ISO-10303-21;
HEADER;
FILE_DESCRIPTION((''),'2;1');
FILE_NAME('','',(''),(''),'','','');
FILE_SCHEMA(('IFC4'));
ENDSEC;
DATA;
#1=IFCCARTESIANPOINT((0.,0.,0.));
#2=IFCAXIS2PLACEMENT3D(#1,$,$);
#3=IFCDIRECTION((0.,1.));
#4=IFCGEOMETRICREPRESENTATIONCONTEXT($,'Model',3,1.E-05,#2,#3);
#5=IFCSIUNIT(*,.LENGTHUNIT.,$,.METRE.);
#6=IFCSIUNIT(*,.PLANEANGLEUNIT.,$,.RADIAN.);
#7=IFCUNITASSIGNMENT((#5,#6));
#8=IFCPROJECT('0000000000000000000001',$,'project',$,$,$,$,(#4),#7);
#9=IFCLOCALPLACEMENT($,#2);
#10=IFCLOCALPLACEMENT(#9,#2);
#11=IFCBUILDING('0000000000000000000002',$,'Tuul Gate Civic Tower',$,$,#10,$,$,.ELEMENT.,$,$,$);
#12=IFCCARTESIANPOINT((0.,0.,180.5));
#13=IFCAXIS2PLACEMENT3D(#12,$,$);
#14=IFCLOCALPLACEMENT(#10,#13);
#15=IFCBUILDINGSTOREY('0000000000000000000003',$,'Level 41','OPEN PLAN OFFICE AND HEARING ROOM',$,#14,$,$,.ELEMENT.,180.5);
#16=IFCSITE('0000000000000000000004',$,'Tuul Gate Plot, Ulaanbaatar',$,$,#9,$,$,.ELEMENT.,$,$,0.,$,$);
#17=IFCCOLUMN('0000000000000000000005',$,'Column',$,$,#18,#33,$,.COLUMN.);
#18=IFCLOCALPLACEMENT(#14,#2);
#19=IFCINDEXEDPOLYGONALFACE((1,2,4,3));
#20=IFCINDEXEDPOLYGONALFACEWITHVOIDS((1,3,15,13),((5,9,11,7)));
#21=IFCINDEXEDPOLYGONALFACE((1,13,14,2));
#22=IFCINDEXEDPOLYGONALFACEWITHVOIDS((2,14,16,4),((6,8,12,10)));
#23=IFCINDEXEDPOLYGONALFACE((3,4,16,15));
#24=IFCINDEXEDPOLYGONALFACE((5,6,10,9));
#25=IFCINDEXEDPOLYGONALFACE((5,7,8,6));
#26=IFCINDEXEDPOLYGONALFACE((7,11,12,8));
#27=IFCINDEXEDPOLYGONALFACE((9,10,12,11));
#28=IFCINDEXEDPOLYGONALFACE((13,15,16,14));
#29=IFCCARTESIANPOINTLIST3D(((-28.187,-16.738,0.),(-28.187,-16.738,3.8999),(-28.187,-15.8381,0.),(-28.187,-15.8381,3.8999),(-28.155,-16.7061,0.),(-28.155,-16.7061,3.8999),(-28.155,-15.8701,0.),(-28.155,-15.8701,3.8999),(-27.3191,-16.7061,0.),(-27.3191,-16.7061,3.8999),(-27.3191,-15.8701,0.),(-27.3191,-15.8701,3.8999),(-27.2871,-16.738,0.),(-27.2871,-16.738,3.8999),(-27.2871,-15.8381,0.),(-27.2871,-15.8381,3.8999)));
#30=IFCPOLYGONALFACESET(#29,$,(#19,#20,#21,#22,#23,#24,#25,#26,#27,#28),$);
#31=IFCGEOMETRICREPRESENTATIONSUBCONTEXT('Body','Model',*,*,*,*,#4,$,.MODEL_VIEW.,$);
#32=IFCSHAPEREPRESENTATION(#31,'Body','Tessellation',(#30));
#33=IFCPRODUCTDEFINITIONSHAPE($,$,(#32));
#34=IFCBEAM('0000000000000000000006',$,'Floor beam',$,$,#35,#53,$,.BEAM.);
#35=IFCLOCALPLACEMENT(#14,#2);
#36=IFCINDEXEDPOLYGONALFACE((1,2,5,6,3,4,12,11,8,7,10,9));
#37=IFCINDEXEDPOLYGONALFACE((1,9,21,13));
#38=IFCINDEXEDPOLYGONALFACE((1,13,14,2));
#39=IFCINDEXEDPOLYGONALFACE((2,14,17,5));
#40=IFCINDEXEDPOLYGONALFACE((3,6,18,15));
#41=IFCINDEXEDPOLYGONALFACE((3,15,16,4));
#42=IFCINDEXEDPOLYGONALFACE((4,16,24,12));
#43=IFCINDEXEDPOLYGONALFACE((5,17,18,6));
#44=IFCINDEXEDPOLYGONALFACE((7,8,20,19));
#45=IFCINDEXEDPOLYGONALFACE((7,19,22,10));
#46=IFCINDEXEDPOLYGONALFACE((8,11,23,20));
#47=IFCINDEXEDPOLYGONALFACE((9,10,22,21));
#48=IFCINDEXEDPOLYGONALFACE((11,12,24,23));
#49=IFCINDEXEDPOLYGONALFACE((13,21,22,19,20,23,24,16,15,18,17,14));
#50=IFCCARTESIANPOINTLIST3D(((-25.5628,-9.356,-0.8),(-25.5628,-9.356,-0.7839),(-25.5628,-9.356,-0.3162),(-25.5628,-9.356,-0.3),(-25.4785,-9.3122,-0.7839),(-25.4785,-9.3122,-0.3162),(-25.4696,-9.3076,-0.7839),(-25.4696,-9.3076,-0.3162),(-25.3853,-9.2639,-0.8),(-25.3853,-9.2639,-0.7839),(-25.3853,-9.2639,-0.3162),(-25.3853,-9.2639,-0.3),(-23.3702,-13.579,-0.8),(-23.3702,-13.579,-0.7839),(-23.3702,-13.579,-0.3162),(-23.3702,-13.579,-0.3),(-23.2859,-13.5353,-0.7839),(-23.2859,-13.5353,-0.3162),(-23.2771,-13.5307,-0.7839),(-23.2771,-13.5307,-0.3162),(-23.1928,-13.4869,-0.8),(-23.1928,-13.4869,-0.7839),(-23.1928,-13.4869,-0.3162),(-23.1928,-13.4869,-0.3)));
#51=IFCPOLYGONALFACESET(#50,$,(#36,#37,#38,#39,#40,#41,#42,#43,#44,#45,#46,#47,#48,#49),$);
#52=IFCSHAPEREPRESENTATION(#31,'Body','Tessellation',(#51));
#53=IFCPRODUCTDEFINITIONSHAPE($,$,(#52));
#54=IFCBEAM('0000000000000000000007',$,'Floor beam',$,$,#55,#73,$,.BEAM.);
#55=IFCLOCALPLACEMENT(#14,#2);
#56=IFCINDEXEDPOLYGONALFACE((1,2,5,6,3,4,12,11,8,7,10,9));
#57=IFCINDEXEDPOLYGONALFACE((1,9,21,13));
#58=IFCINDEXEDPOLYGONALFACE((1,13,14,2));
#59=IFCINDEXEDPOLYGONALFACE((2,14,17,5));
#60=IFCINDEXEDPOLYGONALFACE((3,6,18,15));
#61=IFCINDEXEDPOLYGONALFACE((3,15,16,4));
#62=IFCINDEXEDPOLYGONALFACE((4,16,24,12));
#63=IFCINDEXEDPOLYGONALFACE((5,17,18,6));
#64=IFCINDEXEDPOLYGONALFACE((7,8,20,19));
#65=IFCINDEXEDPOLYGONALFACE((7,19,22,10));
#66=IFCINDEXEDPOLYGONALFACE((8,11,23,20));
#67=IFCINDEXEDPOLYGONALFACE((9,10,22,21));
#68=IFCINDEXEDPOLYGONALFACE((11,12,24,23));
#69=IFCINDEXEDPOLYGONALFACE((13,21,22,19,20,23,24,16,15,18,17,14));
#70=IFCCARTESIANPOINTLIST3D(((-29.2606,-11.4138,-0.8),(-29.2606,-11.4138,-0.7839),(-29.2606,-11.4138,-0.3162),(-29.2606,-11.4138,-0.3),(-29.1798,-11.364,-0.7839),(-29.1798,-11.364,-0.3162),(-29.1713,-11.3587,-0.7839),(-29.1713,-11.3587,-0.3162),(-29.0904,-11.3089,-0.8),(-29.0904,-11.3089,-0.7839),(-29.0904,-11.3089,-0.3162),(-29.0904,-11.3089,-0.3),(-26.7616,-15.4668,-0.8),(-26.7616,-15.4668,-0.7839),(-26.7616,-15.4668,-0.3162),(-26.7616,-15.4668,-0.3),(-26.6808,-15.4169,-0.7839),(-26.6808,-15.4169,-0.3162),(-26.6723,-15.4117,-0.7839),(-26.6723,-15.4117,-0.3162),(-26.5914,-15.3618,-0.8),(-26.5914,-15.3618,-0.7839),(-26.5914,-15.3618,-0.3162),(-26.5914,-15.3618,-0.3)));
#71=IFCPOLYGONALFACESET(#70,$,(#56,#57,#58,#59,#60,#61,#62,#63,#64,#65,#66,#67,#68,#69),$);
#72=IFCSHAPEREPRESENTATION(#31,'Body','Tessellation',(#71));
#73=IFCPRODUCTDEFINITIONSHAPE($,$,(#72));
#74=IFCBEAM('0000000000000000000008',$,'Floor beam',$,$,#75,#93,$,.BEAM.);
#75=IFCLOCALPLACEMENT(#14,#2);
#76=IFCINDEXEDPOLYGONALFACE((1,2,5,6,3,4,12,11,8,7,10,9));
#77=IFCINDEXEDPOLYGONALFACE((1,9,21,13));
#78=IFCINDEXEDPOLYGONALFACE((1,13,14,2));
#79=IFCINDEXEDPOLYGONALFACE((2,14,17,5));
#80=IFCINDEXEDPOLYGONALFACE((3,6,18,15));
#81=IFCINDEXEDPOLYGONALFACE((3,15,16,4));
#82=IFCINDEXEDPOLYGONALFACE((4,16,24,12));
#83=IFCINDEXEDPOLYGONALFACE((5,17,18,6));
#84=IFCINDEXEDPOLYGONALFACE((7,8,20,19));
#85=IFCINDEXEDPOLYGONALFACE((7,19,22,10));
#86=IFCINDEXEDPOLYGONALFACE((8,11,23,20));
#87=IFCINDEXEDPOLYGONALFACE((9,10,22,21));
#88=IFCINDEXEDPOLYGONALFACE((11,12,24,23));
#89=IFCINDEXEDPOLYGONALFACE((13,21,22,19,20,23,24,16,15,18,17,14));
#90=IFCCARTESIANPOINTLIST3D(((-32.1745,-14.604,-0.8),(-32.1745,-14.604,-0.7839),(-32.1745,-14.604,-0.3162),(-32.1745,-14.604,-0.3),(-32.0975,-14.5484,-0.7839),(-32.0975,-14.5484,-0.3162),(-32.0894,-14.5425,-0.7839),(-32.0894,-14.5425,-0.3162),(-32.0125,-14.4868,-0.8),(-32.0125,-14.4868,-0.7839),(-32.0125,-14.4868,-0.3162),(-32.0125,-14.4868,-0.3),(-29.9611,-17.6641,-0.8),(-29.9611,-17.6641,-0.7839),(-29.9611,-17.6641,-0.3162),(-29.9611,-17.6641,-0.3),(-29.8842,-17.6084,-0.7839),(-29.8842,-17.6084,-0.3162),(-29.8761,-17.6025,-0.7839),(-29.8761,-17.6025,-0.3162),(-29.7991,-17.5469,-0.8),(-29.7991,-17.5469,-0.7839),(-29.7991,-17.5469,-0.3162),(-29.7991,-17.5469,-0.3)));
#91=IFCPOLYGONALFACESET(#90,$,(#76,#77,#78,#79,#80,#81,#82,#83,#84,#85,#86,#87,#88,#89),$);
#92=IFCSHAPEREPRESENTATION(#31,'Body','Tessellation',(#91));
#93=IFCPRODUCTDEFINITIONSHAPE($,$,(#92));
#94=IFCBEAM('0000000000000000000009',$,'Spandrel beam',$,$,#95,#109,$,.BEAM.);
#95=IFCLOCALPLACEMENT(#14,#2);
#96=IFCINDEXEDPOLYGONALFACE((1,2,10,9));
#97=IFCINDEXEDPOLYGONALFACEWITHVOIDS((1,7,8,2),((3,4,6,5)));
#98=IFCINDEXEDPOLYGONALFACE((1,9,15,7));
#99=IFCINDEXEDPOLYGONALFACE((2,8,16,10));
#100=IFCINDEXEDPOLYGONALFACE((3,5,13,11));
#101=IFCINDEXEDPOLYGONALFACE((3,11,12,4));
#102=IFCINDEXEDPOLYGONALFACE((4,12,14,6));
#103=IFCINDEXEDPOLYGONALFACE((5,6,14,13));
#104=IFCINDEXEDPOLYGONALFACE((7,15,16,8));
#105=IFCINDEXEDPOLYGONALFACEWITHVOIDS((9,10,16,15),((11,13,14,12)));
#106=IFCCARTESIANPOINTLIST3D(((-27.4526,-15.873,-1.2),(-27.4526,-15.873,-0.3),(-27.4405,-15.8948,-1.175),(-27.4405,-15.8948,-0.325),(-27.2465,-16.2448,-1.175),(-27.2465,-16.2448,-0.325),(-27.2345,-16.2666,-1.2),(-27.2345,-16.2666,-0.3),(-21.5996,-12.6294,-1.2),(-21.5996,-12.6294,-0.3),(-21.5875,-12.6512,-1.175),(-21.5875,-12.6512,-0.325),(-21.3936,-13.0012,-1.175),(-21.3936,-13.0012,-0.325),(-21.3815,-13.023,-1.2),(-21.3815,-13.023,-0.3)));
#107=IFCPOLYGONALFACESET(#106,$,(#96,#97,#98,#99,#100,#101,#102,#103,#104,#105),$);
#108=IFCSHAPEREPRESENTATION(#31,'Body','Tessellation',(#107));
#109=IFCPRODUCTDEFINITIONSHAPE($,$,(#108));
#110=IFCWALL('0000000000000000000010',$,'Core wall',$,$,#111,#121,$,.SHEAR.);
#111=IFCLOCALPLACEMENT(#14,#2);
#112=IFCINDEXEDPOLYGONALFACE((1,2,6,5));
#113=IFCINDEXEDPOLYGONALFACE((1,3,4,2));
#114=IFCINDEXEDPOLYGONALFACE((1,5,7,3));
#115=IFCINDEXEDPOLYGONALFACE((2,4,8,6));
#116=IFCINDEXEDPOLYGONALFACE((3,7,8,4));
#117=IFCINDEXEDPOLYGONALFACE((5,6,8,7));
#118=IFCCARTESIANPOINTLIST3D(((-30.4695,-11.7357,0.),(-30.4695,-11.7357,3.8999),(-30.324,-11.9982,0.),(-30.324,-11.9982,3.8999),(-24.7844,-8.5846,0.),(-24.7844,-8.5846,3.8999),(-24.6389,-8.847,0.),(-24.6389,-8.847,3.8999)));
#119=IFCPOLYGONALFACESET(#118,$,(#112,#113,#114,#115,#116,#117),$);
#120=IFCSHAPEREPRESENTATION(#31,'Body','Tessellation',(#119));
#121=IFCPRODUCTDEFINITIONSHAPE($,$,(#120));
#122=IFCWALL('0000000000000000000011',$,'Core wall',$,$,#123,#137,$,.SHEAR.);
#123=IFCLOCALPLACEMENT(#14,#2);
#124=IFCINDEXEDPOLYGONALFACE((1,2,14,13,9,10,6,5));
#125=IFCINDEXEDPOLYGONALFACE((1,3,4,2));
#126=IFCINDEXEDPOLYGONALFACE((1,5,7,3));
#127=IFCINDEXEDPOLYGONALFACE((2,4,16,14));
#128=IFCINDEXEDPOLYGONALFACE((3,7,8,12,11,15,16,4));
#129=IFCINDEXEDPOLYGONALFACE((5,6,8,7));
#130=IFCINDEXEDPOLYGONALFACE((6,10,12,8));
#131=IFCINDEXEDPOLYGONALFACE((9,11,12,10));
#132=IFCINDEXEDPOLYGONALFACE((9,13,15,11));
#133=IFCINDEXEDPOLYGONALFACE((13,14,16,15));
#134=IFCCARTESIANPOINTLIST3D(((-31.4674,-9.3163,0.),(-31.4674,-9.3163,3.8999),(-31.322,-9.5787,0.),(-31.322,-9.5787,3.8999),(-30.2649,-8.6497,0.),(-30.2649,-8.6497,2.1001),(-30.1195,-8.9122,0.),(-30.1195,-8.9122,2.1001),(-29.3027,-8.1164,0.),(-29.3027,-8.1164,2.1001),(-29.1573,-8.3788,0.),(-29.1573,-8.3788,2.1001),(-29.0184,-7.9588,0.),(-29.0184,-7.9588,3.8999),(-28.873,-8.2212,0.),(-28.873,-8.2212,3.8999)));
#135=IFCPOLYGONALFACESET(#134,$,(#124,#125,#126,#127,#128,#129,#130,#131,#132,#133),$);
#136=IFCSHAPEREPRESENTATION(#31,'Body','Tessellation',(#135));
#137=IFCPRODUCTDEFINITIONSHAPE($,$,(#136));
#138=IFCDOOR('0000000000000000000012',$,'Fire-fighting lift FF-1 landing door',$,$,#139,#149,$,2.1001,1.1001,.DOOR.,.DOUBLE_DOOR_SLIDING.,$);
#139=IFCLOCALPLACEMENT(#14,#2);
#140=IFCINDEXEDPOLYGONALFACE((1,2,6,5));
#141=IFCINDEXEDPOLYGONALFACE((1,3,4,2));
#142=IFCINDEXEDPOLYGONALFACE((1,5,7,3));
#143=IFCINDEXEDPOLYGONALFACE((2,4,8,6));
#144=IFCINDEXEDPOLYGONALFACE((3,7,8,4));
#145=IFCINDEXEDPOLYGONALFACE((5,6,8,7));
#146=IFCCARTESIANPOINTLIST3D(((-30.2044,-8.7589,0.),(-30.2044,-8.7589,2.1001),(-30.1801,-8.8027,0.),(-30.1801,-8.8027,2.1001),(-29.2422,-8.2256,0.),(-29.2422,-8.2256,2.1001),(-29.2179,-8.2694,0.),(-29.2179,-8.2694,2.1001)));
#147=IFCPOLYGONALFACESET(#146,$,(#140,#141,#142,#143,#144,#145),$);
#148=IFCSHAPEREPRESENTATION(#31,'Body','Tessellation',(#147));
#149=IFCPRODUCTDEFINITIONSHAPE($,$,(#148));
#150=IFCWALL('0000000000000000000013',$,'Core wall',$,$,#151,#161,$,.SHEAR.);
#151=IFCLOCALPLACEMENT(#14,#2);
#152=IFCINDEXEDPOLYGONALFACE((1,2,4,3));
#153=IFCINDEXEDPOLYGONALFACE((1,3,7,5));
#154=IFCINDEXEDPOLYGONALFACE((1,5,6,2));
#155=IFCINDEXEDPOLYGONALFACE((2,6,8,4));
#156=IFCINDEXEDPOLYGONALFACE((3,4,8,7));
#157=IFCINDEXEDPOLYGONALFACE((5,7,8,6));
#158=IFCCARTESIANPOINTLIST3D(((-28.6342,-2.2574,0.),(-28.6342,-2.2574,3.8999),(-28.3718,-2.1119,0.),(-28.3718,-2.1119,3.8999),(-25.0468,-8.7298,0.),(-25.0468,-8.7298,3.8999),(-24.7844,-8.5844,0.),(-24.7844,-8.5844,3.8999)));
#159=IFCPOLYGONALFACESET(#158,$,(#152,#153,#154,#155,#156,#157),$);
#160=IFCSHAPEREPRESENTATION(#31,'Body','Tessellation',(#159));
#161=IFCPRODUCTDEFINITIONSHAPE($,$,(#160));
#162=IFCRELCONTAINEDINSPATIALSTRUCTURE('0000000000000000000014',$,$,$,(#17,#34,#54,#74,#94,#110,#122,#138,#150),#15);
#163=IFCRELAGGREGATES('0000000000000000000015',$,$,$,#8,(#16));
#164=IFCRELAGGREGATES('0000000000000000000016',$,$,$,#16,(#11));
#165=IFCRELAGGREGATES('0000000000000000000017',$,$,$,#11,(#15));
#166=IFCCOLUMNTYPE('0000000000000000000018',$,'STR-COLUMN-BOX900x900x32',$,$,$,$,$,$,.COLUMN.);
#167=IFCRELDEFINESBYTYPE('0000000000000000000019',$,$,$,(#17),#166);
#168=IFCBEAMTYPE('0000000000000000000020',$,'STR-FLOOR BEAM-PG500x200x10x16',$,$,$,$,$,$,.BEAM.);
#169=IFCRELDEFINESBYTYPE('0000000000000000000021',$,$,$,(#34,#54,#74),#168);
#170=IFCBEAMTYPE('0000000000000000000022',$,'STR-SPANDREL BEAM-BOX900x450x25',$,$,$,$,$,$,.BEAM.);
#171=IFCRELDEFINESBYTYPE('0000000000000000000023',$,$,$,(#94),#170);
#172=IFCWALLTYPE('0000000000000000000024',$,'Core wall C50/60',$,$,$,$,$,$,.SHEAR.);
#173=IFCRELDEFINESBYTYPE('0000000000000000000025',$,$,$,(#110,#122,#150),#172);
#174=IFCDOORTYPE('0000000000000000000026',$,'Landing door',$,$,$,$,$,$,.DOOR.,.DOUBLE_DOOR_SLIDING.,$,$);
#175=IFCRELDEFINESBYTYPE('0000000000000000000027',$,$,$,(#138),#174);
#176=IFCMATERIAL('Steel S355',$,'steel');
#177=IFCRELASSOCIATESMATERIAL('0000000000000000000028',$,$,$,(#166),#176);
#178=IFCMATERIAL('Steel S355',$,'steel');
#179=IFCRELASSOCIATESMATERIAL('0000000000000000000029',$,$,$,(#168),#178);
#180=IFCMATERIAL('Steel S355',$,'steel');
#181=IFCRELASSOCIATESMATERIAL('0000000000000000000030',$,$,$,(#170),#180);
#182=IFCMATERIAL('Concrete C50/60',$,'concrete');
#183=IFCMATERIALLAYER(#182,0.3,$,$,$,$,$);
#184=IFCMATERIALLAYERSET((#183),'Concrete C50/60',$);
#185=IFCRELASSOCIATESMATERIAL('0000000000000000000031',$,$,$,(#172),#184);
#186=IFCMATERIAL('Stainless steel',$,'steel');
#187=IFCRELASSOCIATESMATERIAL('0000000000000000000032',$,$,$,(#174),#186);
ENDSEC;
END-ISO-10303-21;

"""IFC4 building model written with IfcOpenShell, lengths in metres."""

from ifc_helpers import new_model, si_unit, direction, frame, frame_2d, origin, origin_2d, place, context, subcontext, project, spatial, rectangle, hollow_rectangle, i_section, extrude, material, layer, layer_set, material_profile, profile_set, type_object, element, fill, save


model = new_model("IFC4")

# Units and contexts
model_context = context("Model", 3, precision=1e-05, world=origin(), true_north=direction((0.0, 1.0)))
body_context = subcontext(model_context, "Body", "Model", "MODEL_VIEW")
ifc_project = project(units=[si_unit("LENGTHUNIT", "METRE"), si_unit("PLANEANGLEUNIT", "RADIAN")], contexts=[model_context])

# Site, building, storey
site_placement = place(None, origin())
site = spatial("IfcSite", under=ifc_project, at=site_placement, Name="Tuul Gate Plot, Ulaanbaatar", CompositionType="ELEMENT", RefElevation=0.0)
building_placement = place(site_placement, origin())
building = spatial("IfcBuilding", under=site, at=building_placement, Name="Tuul Gate Civic Tower", CompositionType="ELEMENT")
storey_placement = place(building_placement, frame((0.0, 0.0, 180.5)))
storey = spatial("IfcBuildingStorey", under=building, at=storey_placement, Name="Level 41", Description="OPEN PLAN OFFICE AND HEARING ROOM", CompositionType="ELEMENT", Elevation=180.5)

# Column
ifc_material_1 = material(Name="Steel S355", Category="steel")
ifc_material_profile_1 = material_profile(ifc_material_1, hollow_rectangle(XDim=0.8999, YDim=0.8999, WallThickness=0.032, at=origin_2d()), Name="BOX900x900x32")
ifc_profile_set_1 = profile_set([ifc_material_profile_1], Name="Steel S355")
column_type = type_object("IfcColumnType", Name="STR-COLUMN-BOX900x900x32", PredefinedType="COLUMN", material=ifc_profile_set_1)
column_placement = place(storey_placement, frame((-27.7371, -16.2881, 0.0), z_axis=(0.0, 0.0, 1.0), x_axis=(1.0, 0.0, 0.0)))
element("IfcColumn", 1, at=column_placement, inside=storey, type_object=column_type, Name="Column", PredefinedType="COLUMN", context=body_context, shape_type="SweptSolid", body=[
    extrude(hollow_rectangle(XDim=0.8999, YDim=0.8999, WallThickness=0.032, at=origin_2d()), origin(), (0.0, 0.0, 1.0), 3.8999),
])

# Beams
ifc_material_2 = material(Name="Steel S355", Category="steel")
ifc_material_profile_2 = material_profile(ifc_material_2, i_section(OverallWidth=0.2, OverallDepth=0.5, WebThickness=0.01, FlangeThickness=0.0161, at=origin_2d()), Name="PG500x200x10x16")
ifc_profile_set_2 = profile_set([ifc_material_profile_2], Name="Steel S355")
beam_type_1 = type_object("IfcBeamType", Name="STR-FLOOR BEAM-PG500x200x10x16", PredefinedType="BEAM", material=ifc_profile_set_2)
beam_1_placement = place(storey_placement, frame((-23.2815, -13.533, -0.55), z_axis=(-0.460789, 0.88751, 0.0), x_axis=(-0.88751, -0.460789, 0.0)))
element("IfcBeam", 2, at=beam_1_placement, inside=storey, type_object=beam_type_1, Name="Floor beam", PredefinedType="BEAM", context=body_context, shape_type="SweptSolid", body=[
    extrude(i_section(OverallWidth=0.2, OverallDepth=0.5, WebThickness=0.01, FlangeThickness=0.0161, at=origin_2d()), origin(), (0.0, 0.0, 1.0), 4.7583),
])
beam_2_placement = place(storey_placement, frame((-26.6765, -15.4143, -0.55), z_axis=(-0.524841, 0.8512, 0.0), x_axis=(-0.8512, -0.524841, 0.0)))
element("IfcBeam", 3, at=beam_2_placement, inside=storey, type_object=beam_type_1, Name="Floor beam", PredefinedType="BEAM", context=body_context, shape_type="SweptSolid", body=[
    extrude(i_section(OverallWidth=0.2, OverallDepth=0.5, WebThickness=0.01, FlangeThickness=0.0161, at=origin_2d()), origin(), (0.0, 0.0, 1.0), 4.7615),
])
beam_3_placement = place(storey_placement, frame((-29.8801, -17.6055, -0.55), z_axis=(-0.586071, 0.81026, 0.0), x_axis=(-0.81026, -0.586071, 0.0)))
element("IfcBeam", 4, at=beam_3_placement, inside=storey, type_object=beam_type_1, Name="Floor beam", PredefinedType="BEAM", context=body_context, shape_type="SweptSolid", body=[
    extrude(i_section(OverallWidth=0.2, OverallDepth=0.5, WebThickness=0.01, FlangeThickness=0.0161, at=origin_2d()), origin(), (0.0, 0.0, 1.0), 3.7766),
])
ifc_material_3 = material(Name="Steel S355", Category="steel")
ifc_material_profile_3 = material_profile(ifc_material_3, hollow_rectangle(XDim=0.45, YDim=0.8999, WallThickness=0.0249, at=origin_2d()), Name="BOX900x450x25")
ifc_profile_set_3 = profile_set([ifc_material_profile_3], Name="Steel S355")
beam_type_2 = type_object("IfcBeamType", Name="STR-SPANDREL BEAM-BOX900x450x25", PredefinedType="BEAM", material=ifc_profile_set_3)
beam_4_placement = place(storey_placement, frame((-27.3435, -16.0698, -0.75), z_axis=(0.874666, 0.484726, 0.0), x_axis=(-0.484726, 0.874666, 0.0)))
element("IfcBeam", 5, at=beam_4_placement, inside=storey, type_object=beam_type_2, Name="Spandrel beam", PredefinedType="BEAM", context=body_context, shape_type="SweptSolid", body=[
    extrude(hollow_rectangle(XDim=0.45, YDim=0.8999, WallThickness=0.0249, at=origin_2d()), origin(), (0.0, 0.0, 1.0), 6.6917),
])

# Wall
ifc_material_4 = material(Name="Concrete C50/60", Category="concrete")
ifc_layer_1 = layer(ifc_material_4, 0.3)
ifc_layer_set_1 = layer_set([ifc_layer_1], Name="Concrete C50/60")
wall_type_1 = type_object("IfcWallType", Name="Core wall C50/60", PredefinedType="SHEAR", material=ifc_layer_set_1)
wall_1_placement = place(storey_placement, frame((-24.7117, -8.7158, 0.0), z_axis=(0.0, 0.0, 1.0), x_axis=(-0.87463, -0.484791, 0.0)))
element("IfcWall", 6, at=wall_1_placement, inside=storey, type_object=wall_type_1, Name="Core wall", PredefinedType="SHEAR", context=body_context, shape_type="SweptSolid", body=[
    extrude(rectangle(XDim=6.5, YDim=0.3, at=frame_2d((3.25, 0.0))), origin(), (0.0, 0.0, 1.0), 3.8999),
])

# Wall, opening, door
wall_2_placement = place(storey_placement, frame((-28.9458, -8.0901, 0.0), z_axis=(0.0, 0.0, 1.0), x_axis=(-0.87463, -0.484791, 0.0)))
wall_2 = element("IfcWall", 7, at=wall_2_placement, inside=storey, type_object=wall_type_1, Name="Core wall", PredefinedType="SHEAR", context=body_context, shape_type="SweptSolid", body=[
    extrude(rectangle(XDim=2.8, YDim=0.3, at=frame_2d((1.3999, 0.0))), origin(), (0.0, 0.0, 1.0), 3.8999),
])
opening_1_placement = place(wall_2_placement, frame((0.325, 0.0, 0.0)))
opening_1 = element("IfcOpeningElement", 8, at=opening_1_placement, cuts=wall_2, PredefinedType="OPENING", context=body_context, shape_type="SweptSolid", body=[
    extrude(rectangle(XDim=1.1001, YDim=2.1001, at=frame_2d((0.55, 1.05))), frame((0.0, 0.1602, 0.0), z_axis=(0.0, -1.0, 0.0), x_axis=(1.0, 0.0, 0.0)), (0.0, 0.0, 1.0), 0.3201),
])
ifc_material_5 = material(Name="Stainless steel", Category="steel")
door_type_1 = type_object("IfcDoorType", Name="Landing door", OperationType="DOUBLE_DOOR_SLIDING", PredefinedType="DOOR", material=ifc_material_5)
door_1_placement = place(opening_1_placement, origin())
door_1 = element("IfcDoor", 9, at=door_1_placement, inside=storey, type_object=door_type_1, Name="Fire-fighting lift FF-1 landing door", OperationType="DOUBLE_DOOR_SLIDING", OverallHeight=2.1001, OverallWidth=1.1001, PredefinedType="DOOR", context=body_context, shape_type="SweptSolid", body=[
    extrude(rectangle(XDim=1.1001, YDim=2.1001, at=frame_2d((0.55, 1.05))), frame((0.0, 0.0249, 0.0), z_axis=(0.0, -1.0, 0.0), x_axis=(1.0, 0.0, 0.0)), (0.0, 0.0, 1.0), 0.05),
])
fill(opening_1, door_1)

# Wall
wall_3_placement = place(storey_placement, frame((-24.9155, -8.6572, 0.0), z_axis=(0.0, 0.0, 1.0), x_axis=(-0.484777, 0.874638, 0.0)))
element("IfcWall", 10, at=wall_3_placement, inside=storey, type_object=wall_type_1, Name="Core wall", PredefinedType="SHEAR", context=body_context, shape_type="SweptSolid", body=[
    extrude(rectangle(XDim=7.4001, YDim=0.3, at=frame_2d((3.7002, 0.0))), origin(), (0.0, 0.0, 1.0), 3.8999),
])

save(model, "model.ifc")
